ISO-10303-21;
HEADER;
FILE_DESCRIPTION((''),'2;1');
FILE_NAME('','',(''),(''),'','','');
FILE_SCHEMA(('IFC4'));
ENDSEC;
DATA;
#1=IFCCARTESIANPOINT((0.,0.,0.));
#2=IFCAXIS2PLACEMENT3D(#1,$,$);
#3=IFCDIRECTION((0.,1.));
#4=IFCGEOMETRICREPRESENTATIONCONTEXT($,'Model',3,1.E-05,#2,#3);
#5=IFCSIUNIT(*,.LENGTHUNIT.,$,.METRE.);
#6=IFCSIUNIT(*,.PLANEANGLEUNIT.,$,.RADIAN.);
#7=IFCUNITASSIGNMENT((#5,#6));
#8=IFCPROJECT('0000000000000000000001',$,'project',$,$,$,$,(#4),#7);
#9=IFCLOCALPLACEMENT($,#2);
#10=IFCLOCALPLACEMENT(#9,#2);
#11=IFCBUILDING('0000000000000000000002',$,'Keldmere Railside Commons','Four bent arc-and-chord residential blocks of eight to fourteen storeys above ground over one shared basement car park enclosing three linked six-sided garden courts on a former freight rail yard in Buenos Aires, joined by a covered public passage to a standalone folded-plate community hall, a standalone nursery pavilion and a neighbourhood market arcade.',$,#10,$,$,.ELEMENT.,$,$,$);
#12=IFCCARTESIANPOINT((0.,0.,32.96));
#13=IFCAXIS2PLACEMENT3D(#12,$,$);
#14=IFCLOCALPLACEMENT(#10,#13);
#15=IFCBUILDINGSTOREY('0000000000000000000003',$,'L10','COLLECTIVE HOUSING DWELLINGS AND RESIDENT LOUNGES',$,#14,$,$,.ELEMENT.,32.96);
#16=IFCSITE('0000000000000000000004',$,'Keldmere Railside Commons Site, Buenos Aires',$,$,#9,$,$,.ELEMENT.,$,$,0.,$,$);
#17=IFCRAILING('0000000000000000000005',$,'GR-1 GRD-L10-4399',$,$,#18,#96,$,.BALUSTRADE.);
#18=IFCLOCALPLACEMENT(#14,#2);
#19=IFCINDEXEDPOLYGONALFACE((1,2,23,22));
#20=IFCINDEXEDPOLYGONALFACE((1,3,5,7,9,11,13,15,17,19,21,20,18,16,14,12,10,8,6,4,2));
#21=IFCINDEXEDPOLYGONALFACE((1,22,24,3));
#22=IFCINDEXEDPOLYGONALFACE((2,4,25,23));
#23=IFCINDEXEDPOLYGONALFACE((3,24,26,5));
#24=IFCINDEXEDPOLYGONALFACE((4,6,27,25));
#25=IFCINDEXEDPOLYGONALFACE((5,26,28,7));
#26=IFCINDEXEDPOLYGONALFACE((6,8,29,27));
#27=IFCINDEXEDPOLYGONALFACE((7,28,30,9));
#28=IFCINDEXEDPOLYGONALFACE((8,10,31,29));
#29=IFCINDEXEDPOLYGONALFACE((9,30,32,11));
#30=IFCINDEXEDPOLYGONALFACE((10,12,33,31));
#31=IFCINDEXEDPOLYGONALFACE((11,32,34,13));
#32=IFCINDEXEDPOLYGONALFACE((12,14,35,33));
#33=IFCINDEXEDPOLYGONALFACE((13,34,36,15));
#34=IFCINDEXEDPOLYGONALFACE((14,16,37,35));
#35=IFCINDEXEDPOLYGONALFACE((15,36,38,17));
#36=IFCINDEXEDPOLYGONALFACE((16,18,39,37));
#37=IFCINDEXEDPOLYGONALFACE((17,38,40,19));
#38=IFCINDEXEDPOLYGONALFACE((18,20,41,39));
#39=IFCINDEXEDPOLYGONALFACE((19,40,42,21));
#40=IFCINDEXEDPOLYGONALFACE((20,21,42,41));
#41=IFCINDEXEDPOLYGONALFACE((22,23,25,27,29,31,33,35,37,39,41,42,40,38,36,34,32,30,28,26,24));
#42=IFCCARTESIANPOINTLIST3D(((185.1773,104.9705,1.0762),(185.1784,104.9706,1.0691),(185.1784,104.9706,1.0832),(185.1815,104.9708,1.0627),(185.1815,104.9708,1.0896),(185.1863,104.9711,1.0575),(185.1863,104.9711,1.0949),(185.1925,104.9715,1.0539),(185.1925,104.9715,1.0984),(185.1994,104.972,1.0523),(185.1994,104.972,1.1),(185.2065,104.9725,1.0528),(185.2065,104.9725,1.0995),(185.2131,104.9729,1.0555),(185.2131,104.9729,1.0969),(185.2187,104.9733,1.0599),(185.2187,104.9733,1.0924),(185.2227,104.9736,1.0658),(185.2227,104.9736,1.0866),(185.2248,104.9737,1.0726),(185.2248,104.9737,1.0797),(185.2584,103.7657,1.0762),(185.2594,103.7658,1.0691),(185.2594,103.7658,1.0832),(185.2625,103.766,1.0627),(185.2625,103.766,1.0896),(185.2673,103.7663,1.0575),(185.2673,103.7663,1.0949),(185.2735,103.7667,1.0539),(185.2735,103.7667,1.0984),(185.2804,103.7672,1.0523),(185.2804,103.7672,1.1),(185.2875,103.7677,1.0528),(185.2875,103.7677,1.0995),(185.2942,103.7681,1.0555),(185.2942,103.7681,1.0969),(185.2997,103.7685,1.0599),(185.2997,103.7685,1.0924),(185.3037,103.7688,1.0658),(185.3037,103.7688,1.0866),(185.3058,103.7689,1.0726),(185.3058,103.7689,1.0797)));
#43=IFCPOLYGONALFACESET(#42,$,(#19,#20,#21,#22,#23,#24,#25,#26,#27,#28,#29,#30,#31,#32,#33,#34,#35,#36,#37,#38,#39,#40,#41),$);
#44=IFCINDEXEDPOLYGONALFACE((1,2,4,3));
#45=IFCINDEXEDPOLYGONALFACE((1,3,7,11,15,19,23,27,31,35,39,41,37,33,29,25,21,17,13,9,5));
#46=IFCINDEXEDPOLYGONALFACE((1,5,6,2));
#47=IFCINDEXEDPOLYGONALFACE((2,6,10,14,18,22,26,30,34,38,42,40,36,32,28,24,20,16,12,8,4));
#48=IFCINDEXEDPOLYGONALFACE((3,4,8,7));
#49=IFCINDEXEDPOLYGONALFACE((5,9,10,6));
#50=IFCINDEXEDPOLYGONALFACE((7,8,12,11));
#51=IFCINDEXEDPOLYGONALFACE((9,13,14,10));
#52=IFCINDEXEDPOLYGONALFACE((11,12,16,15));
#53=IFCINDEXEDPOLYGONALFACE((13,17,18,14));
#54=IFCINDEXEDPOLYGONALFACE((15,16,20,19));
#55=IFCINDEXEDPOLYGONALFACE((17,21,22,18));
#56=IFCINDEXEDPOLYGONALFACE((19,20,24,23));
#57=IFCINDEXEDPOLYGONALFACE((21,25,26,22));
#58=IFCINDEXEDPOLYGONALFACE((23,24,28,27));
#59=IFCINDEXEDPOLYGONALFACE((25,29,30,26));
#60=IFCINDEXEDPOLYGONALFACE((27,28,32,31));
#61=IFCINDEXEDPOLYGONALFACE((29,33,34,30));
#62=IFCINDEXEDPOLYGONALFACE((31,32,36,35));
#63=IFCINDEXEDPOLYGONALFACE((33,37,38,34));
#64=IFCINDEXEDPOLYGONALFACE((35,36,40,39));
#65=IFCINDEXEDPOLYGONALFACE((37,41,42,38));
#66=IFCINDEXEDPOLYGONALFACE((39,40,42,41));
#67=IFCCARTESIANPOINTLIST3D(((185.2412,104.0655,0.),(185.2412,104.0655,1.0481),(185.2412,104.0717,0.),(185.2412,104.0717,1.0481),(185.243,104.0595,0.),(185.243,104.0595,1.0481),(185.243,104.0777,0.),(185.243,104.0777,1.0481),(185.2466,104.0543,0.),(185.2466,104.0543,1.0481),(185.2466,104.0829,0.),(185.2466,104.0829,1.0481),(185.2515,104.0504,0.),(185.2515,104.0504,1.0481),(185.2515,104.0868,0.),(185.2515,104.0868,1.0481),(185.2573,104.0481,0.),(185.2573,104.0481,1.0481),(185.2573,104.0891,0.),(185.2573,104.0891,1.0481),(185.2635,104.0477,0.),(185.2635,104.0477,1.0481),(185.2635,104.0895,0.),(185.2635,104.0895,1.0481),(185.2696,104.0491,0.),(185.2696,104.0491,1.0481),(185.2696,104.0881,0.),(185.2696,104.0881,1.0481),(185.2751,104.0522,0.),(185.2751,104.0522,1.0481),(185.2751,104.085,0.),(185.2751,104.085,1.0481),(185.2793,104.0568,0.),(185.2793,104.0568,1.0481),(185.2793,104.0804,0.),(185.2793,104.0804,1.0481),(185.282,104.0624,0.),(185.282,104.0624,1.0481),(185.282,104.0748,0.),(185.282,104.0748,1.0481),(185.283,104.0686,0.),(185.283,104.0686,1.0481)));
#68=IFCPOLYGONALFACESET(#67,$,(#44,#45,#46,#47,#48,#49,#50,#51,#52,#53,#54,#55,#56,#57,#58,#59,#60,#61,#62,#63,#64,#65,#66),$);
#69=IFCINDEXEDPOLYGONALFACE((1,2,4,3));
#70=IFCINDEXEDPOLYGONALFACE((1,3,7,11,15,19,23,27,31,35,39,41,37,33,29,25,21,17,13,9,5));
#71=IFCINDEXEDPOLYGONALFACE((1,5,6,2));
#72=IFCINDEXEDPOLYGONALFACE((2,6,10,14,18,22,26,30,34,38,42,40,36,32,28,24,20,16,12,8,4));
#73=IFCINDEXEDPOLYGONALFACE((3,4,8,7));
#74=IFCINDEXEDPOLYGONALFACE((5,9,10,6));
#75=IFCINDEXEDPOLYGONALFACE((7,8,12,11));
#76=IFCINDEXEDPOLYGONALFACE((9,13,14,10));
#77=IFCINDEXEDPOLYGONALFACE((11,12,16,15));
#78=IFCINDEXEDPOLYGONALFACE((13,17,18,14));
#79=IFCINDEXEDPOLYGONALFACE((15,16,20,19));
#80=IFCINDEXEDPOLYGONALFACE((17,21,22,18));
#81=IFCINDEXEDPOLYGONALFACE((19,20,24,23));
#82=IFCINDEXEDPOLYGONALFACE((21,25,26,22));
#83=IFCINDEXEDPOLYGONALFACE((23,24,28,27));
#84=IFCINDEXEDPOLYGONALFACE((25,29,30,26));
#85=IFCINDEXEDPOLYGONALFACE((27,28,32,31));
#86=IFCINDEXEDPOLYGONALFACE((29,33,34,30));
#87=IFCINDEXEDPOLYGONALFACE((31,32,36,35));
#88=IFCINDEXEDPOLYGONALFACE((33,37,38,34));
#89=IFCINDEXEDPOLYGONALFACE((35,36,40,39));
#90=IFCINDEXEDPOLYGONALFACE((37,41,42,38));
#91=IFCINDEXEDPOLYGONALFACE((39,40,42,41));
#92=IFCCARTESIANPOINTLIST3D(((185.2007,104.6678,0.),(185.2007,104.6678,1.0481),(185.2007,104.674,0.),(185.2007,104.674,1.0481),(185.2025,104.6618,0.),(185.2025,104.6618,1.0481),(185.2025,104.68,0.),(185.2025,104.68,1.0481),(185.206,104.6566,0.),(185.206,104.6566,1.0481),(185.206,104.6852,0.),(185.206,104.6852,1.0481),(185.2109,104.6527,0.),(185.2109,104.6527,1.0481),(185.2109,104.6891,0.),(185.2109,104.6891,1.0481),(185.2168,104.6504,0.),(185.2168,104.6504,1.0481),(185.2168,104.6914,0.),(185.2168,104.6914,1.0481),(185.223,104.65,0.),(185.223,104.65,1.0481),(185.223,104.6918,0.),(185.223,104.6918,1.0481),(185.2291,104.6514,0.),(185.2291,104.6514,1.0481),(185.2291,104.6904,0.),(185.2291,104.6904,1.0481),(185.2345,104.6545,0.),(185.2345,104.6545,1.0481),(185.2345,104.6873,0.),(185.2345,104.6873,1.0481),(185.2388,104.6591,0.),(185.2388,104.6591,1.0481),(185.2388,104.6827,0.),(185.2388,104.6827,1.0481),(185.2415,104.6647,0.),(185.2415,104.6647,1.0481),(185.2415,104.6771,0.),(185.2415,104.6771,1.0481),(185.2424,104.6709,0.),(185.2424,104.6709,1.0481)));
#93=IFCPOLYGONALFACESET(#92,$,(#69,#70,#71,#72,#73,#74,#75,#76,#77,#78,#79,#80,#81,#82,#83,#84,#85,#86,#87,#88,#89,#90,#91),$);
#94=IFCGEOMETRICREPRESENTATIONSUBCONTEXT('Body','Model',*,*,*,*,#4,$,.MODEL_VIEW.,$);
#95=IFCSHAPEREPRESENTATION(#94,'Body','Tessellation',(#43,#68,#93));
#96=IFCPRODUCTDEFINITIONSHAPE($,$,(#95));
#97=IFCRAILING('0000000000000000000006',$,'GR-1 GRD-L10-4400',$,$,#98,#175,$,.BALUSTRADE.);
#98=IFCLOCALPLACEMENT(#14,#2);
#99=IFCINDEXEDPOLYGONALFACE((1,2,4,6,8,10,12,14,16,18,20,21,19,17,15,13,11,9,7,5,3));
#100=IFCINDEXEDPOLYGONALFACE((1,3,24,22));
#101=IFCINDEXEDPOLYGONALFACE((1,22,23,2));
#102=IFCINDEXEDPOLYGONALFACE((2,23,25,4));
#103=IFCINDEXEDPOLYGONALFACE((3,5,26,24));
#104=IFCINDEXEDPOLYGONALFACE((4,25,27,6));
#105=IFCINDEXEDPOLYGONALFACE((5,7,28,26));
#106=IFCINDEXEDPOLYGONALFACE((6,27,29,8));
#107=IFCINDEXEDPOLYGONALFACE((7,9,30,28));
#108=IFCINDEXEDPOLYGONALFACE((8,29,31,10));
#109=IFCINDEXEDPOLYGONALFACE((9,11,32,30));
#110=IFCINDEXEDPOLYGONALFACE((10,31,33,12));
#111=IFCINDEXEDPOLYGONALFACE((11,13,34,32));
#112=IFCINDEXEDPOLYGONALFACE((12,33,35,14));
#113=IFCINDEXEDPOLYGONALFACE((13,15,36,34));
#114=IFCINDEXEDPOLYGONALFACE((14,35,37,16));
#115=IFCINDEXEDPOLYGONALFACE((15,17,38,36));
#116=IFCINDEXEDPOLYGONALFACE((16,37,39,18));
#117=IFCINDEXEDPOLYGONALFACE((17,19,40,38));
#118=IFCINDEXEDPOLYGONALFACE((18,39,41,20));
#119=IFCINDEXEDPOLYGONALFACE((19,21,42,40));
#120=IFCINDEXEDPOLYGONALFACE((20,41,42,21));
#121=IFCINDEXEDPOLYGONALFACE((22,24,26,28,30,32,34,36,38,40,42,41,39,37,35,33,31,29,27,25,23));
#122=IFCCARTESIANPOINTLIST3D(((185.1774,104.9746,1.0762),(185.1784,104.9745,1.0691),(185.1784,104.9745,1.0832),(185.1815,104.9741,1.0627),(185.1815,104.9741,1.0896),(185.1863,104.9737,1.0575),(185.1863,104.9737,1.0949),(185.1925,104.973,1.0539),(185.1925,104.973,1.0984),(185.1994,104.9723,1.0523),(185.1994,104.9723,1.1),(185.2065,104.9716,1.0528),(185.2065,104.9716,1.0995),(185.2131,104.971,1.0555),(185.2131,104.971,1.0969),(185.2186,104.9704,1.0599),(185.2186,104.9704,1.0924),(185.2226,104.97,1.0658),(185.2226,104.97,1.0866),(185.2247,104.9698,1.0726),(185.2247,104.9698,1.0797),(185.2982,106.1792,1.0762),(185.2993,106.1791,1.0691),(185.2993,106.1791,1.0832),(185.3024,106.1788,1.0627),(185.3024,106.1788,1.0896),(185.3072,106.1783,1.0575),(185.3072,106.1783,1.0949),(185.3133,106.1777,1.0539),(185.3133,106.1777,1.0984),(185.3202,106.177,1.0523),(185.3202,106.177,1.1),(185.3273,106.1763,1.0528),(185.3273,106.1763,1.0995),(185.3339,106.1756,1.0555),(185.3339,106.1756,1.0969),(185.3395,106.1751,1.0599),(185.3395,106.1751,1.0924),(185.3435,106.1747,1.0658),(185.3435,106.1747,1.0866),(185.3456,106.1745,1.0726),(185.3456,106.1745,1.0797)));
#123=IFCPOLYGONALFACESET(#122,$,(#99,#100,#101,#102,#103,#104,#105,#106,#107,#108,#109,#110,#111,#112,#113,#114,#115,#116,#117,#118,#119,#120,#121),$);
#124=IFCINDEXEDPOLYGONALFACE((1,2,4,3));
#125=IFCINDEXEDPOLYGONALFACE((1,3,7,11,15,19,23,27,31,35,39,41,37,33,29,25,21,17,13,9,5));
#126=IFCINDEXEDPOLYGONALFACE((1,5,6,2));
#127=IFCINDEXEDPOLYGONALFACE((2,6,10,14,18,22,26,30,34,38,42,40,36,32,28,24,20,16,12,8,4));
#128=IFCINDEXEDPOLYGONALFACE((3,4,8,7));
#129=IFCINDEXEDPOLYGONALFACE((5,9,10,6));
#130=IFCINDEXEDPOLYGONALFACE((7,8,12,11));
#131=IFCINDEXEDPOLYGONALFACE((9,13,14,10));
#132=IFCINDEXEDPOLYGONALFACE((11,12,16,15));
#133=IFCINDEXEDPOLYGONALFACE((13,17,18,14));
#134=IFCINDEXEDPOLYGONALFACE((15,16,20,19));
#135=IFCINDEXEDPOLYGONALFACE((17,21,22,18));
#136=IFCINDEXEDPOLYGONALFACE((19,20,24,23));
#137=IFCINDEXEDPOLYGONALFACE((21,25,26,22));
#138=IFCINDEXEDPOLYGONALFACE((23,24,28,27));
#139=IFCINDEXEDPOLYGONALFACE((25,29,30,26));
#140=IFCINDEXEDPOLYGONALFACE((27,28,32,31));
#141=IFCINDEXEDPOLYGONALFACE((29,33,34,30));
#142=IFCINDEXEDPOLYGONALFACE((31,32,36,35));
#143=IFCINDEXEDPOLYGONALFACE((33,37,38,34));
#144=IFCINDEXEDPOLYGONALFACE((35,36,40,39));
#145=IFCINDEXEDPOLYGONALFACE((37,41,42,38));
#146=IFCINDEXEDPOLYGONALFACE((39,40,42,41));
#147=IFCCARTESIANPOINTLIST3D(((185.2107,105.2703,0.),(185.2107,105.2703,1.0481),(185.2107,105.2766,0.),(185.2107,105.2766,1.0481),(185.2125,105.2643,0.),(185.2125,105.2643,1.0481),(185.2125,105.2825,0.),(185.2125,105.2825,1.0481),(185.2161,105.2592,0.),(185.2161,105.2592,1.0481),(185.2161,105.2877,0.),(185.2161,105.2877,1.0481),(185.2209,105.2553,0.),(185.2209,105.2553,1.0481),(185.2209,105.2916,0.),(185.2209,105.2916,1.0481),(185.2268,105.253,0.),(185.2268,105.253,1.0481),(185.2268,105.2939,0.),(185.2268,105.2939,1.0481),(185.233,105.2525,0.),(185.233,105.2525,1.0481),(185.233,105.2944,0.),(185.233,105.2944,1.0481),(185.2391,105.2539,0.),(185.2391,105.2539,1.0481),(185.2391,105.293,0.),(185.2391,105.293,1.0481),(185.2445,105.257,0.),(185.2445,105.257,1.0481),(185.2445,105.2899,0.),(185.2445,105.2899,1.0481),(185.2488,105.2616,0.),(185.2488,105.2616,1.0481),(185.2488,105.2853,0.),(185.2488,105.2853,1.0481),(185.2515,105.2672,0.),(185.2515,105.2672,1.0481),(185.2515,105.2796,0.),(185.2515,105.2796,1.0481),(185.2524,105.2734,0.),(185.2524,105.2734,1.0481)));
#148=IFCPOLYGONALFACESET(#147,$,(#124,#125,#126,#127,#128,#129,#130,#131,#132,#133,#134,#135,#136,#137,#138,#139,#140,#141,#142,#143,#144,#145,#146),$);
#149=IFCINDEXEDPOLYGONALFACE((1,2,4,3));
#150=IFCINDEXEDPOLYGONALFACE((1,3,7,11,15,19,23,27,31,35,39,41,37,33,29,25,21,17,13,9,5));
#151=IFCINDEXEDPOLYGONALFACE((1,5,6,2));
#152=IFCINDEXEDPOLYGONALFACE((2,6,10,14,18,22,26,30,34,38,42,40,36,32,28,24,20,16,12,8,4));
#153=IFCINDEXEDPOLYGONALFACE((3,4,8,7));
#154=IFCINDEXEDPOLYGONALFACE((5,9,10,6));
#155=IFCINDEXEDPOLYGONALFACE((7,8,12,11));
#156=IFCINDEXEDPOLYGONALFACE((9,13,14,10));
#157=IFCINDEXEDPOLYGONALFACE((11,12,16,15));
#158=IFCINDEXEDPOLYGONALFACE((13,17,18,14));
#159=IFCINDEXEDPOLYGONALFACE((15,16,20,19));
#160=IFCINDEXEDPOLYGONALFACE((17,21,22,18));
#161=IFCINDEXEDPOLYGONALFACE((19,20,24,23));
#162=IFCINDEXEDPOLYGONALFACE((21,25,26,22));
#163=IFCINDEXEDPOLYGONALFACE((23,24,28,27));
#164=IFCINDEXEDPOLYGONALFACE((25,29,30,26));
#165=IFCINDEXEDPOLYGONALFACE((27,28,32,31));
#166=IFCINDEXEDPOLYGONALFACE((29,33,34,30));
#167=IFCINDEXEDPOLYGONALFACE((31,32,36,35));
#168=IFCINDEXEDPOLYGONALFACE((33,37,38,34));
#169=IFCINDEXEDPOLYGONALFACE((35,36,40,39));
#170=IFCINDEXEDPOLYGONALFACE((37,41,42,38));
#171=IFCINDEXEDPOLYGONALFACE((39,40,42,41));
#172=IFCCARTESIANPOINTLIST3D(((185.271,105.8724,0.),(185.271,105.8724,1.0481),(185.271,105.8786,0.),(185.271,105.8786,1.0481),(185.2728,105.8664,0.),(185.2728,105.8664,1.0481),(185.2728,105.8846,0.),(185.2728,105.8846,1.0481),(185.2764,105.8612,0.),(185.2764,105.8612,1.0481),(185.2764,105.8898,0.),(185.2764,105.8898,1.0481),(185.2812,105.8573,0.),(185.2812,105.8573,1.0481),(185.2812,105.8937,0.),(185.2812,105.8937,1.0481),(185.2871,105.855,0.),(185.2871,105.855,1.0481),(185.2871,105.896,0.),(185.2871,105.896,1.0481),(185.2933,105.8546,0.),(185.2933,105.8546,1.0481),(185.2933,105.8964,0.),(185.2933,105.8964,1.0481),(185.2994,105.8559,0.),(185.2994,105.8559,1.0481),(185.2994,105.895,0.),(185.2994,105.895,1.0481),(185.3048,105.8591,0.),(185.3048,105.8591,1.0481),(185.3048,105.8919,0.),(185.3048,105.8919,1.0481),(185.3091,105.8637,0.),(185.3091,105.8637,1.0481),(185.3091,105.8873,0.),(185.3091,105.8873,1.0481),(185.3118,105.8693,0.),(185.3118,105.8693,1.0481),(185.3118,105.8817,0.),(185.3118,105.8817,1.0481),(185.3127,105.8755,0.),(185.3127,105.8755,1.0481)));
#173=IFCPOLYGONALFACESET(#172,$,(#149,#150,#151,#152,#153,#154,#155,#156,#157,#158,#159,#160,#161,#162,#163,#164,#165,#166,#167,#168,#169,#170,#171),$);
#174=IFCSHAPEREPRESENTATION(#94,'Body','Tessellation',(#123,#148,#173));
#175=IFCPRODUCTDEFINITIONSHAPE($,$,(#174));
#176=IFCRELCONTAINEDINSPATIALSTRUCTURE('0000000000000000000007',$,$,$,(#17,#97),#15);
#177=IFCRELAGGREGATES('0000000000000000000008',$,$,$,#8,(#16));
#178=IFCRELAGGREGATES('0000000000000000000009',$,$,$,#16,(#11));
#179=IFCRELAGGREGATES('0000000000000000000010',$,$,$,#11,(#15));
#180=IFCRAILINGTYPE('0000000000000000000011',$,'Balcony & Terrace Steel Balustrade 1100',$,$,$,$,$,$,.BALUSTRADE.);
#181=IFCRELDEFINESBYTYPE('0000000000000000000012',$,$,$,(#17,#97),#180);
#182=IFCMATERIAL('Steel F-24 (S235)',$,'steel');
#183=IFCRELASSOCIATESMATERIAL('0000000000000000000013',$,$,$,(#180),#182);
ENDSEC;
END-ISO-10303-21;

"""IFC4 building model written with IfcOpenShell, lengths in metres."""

from ifc_helpers import new_model, si_unit, direction, frame, origin, origin_2d, place, context, subcontext, project, spatial, circle, extrude, material, type_object, element, save


model = new_model("IFC4")

# Units and contexts
model_context = context("Model", 3, precision=1e-05, world=origin(), true_north=direction((0.0, 1.0)))
body_context = subcontext(model_context, "Body", "Model", "MODEL_VIEW")
ifc_project = project(units=[si_unit("LENGTHUNIT", "METRE"), si_unit("PLANEANGLEUNIT", "RADIAN")], contexts=[model_context])

# Site, building, storey
site_placement = place(None, origin())
site = spatial("IfcSite", under=ifc_project, at=site_placement, Name="Keldmere Railside Commons Site, Buenos Aires", CompositionType="ELEMENT", RefElevation=0.0)
building_placement = place(site_placement, origin())
building = spatial("IfcBuilding", under=site, at=building_placement, Name="Keldmere Railside Commons", Description="Four bent arc-and-chord residential blocks of eight to fourteen storeys above ground over one shared basement car park enclosing three linked six-sided garden courts on a former freight rail yard in Buenos Aires, joined by a covered public passage to a standalone folded-plate community hall, a standalone nursery pavilion and a neighbourhood market arcade.", CompositionType="ELEMENT")
storey_placement = place(building_placement, frame((0.0, 0.0, 32.96)))
storey = spatial("IfcBuildingStorey", under=building, at=storey_placement, Name="L10", Description="COLLECTIVE HOUSING DWELLINGS AND RESIDENT LOUNGES", CompositionType="ELEMENT", Elevation=32.96)

# Railings
ifc_material_1 = material(Name="Steel F-24 (S235)", Category="steel")
railing_type = type_object("IfcRailingType", Name="Balcony & Terrace Steel Balustrade 1100", PredefinedType="BALUSTRADE", material=ifc_material_1)
railing_1_placement = place(storey_placement, frame((185.2822, 103.7673, 0.0)))
element("IfcRailing", 1, at=railing_1_placement, inside=storey, type_object=railing_type, Name="GR-1 GRD-L10-4399", PredefinedType="BALUSTRADE", context=body_context, shape_type="SweptSolid", body=[
    extrude(circle(Radius=0.0239, at=origin_2d()), frame((0.0, 0.0, 1.0762), z_axis=(-0.067123, 0.997745, 0.0), x_axis=(-0.997745, -0.067123, 0.0)), (0.0, 0.0, 1.0), 1.2075),
    extrude(circle(Radius=0.021, at=origin_2d()), frame((-0.0203, 0.3013, 0.0)), (0.0, 0.0, 1.0), 1.0481),
    extrude(circle(Radius=0.021, at=origin_2d()), frame((-0.0608, 0.9036, 0.0)), (0.0, 0.0, 1.0), 1.0481),
])
railing_2_placement = place(storey_placement, frame((185.2012, 104.9722, 0.0)))
element("IfcRailing", 2, at=railing_2_placement, inside=storey, type_object=railing_type, Name="GR-1 GRD-L10-4400", PredefinedType="BALUSTRADE", context=body_context, shape_type="SweptSolid", body=[
    extrude(circle(Radius=0.0239, at=origin_2d()), frame((0.0, 0.0, 1.0762), z_axis=(0.099823, 0.995005, 0.0), x_axis=(-0.995005, 0.099823, 0.0)), (0.0, 0.0, 1.0), 1.2107),
    extrude(circle(Radius=0.021, at=origin_2d()), frame((0.0303, 0.3013, 0.0)), (0.0, 0.0, 1.0), 1.0481),
    extrude(circle(Radius=0.021, at=origin_2d()), frame((0.0906, 0.9033, 0.0)), (0.0, 0.0, 1.0), 1.0481),
])

save(model, "model.ifc")
